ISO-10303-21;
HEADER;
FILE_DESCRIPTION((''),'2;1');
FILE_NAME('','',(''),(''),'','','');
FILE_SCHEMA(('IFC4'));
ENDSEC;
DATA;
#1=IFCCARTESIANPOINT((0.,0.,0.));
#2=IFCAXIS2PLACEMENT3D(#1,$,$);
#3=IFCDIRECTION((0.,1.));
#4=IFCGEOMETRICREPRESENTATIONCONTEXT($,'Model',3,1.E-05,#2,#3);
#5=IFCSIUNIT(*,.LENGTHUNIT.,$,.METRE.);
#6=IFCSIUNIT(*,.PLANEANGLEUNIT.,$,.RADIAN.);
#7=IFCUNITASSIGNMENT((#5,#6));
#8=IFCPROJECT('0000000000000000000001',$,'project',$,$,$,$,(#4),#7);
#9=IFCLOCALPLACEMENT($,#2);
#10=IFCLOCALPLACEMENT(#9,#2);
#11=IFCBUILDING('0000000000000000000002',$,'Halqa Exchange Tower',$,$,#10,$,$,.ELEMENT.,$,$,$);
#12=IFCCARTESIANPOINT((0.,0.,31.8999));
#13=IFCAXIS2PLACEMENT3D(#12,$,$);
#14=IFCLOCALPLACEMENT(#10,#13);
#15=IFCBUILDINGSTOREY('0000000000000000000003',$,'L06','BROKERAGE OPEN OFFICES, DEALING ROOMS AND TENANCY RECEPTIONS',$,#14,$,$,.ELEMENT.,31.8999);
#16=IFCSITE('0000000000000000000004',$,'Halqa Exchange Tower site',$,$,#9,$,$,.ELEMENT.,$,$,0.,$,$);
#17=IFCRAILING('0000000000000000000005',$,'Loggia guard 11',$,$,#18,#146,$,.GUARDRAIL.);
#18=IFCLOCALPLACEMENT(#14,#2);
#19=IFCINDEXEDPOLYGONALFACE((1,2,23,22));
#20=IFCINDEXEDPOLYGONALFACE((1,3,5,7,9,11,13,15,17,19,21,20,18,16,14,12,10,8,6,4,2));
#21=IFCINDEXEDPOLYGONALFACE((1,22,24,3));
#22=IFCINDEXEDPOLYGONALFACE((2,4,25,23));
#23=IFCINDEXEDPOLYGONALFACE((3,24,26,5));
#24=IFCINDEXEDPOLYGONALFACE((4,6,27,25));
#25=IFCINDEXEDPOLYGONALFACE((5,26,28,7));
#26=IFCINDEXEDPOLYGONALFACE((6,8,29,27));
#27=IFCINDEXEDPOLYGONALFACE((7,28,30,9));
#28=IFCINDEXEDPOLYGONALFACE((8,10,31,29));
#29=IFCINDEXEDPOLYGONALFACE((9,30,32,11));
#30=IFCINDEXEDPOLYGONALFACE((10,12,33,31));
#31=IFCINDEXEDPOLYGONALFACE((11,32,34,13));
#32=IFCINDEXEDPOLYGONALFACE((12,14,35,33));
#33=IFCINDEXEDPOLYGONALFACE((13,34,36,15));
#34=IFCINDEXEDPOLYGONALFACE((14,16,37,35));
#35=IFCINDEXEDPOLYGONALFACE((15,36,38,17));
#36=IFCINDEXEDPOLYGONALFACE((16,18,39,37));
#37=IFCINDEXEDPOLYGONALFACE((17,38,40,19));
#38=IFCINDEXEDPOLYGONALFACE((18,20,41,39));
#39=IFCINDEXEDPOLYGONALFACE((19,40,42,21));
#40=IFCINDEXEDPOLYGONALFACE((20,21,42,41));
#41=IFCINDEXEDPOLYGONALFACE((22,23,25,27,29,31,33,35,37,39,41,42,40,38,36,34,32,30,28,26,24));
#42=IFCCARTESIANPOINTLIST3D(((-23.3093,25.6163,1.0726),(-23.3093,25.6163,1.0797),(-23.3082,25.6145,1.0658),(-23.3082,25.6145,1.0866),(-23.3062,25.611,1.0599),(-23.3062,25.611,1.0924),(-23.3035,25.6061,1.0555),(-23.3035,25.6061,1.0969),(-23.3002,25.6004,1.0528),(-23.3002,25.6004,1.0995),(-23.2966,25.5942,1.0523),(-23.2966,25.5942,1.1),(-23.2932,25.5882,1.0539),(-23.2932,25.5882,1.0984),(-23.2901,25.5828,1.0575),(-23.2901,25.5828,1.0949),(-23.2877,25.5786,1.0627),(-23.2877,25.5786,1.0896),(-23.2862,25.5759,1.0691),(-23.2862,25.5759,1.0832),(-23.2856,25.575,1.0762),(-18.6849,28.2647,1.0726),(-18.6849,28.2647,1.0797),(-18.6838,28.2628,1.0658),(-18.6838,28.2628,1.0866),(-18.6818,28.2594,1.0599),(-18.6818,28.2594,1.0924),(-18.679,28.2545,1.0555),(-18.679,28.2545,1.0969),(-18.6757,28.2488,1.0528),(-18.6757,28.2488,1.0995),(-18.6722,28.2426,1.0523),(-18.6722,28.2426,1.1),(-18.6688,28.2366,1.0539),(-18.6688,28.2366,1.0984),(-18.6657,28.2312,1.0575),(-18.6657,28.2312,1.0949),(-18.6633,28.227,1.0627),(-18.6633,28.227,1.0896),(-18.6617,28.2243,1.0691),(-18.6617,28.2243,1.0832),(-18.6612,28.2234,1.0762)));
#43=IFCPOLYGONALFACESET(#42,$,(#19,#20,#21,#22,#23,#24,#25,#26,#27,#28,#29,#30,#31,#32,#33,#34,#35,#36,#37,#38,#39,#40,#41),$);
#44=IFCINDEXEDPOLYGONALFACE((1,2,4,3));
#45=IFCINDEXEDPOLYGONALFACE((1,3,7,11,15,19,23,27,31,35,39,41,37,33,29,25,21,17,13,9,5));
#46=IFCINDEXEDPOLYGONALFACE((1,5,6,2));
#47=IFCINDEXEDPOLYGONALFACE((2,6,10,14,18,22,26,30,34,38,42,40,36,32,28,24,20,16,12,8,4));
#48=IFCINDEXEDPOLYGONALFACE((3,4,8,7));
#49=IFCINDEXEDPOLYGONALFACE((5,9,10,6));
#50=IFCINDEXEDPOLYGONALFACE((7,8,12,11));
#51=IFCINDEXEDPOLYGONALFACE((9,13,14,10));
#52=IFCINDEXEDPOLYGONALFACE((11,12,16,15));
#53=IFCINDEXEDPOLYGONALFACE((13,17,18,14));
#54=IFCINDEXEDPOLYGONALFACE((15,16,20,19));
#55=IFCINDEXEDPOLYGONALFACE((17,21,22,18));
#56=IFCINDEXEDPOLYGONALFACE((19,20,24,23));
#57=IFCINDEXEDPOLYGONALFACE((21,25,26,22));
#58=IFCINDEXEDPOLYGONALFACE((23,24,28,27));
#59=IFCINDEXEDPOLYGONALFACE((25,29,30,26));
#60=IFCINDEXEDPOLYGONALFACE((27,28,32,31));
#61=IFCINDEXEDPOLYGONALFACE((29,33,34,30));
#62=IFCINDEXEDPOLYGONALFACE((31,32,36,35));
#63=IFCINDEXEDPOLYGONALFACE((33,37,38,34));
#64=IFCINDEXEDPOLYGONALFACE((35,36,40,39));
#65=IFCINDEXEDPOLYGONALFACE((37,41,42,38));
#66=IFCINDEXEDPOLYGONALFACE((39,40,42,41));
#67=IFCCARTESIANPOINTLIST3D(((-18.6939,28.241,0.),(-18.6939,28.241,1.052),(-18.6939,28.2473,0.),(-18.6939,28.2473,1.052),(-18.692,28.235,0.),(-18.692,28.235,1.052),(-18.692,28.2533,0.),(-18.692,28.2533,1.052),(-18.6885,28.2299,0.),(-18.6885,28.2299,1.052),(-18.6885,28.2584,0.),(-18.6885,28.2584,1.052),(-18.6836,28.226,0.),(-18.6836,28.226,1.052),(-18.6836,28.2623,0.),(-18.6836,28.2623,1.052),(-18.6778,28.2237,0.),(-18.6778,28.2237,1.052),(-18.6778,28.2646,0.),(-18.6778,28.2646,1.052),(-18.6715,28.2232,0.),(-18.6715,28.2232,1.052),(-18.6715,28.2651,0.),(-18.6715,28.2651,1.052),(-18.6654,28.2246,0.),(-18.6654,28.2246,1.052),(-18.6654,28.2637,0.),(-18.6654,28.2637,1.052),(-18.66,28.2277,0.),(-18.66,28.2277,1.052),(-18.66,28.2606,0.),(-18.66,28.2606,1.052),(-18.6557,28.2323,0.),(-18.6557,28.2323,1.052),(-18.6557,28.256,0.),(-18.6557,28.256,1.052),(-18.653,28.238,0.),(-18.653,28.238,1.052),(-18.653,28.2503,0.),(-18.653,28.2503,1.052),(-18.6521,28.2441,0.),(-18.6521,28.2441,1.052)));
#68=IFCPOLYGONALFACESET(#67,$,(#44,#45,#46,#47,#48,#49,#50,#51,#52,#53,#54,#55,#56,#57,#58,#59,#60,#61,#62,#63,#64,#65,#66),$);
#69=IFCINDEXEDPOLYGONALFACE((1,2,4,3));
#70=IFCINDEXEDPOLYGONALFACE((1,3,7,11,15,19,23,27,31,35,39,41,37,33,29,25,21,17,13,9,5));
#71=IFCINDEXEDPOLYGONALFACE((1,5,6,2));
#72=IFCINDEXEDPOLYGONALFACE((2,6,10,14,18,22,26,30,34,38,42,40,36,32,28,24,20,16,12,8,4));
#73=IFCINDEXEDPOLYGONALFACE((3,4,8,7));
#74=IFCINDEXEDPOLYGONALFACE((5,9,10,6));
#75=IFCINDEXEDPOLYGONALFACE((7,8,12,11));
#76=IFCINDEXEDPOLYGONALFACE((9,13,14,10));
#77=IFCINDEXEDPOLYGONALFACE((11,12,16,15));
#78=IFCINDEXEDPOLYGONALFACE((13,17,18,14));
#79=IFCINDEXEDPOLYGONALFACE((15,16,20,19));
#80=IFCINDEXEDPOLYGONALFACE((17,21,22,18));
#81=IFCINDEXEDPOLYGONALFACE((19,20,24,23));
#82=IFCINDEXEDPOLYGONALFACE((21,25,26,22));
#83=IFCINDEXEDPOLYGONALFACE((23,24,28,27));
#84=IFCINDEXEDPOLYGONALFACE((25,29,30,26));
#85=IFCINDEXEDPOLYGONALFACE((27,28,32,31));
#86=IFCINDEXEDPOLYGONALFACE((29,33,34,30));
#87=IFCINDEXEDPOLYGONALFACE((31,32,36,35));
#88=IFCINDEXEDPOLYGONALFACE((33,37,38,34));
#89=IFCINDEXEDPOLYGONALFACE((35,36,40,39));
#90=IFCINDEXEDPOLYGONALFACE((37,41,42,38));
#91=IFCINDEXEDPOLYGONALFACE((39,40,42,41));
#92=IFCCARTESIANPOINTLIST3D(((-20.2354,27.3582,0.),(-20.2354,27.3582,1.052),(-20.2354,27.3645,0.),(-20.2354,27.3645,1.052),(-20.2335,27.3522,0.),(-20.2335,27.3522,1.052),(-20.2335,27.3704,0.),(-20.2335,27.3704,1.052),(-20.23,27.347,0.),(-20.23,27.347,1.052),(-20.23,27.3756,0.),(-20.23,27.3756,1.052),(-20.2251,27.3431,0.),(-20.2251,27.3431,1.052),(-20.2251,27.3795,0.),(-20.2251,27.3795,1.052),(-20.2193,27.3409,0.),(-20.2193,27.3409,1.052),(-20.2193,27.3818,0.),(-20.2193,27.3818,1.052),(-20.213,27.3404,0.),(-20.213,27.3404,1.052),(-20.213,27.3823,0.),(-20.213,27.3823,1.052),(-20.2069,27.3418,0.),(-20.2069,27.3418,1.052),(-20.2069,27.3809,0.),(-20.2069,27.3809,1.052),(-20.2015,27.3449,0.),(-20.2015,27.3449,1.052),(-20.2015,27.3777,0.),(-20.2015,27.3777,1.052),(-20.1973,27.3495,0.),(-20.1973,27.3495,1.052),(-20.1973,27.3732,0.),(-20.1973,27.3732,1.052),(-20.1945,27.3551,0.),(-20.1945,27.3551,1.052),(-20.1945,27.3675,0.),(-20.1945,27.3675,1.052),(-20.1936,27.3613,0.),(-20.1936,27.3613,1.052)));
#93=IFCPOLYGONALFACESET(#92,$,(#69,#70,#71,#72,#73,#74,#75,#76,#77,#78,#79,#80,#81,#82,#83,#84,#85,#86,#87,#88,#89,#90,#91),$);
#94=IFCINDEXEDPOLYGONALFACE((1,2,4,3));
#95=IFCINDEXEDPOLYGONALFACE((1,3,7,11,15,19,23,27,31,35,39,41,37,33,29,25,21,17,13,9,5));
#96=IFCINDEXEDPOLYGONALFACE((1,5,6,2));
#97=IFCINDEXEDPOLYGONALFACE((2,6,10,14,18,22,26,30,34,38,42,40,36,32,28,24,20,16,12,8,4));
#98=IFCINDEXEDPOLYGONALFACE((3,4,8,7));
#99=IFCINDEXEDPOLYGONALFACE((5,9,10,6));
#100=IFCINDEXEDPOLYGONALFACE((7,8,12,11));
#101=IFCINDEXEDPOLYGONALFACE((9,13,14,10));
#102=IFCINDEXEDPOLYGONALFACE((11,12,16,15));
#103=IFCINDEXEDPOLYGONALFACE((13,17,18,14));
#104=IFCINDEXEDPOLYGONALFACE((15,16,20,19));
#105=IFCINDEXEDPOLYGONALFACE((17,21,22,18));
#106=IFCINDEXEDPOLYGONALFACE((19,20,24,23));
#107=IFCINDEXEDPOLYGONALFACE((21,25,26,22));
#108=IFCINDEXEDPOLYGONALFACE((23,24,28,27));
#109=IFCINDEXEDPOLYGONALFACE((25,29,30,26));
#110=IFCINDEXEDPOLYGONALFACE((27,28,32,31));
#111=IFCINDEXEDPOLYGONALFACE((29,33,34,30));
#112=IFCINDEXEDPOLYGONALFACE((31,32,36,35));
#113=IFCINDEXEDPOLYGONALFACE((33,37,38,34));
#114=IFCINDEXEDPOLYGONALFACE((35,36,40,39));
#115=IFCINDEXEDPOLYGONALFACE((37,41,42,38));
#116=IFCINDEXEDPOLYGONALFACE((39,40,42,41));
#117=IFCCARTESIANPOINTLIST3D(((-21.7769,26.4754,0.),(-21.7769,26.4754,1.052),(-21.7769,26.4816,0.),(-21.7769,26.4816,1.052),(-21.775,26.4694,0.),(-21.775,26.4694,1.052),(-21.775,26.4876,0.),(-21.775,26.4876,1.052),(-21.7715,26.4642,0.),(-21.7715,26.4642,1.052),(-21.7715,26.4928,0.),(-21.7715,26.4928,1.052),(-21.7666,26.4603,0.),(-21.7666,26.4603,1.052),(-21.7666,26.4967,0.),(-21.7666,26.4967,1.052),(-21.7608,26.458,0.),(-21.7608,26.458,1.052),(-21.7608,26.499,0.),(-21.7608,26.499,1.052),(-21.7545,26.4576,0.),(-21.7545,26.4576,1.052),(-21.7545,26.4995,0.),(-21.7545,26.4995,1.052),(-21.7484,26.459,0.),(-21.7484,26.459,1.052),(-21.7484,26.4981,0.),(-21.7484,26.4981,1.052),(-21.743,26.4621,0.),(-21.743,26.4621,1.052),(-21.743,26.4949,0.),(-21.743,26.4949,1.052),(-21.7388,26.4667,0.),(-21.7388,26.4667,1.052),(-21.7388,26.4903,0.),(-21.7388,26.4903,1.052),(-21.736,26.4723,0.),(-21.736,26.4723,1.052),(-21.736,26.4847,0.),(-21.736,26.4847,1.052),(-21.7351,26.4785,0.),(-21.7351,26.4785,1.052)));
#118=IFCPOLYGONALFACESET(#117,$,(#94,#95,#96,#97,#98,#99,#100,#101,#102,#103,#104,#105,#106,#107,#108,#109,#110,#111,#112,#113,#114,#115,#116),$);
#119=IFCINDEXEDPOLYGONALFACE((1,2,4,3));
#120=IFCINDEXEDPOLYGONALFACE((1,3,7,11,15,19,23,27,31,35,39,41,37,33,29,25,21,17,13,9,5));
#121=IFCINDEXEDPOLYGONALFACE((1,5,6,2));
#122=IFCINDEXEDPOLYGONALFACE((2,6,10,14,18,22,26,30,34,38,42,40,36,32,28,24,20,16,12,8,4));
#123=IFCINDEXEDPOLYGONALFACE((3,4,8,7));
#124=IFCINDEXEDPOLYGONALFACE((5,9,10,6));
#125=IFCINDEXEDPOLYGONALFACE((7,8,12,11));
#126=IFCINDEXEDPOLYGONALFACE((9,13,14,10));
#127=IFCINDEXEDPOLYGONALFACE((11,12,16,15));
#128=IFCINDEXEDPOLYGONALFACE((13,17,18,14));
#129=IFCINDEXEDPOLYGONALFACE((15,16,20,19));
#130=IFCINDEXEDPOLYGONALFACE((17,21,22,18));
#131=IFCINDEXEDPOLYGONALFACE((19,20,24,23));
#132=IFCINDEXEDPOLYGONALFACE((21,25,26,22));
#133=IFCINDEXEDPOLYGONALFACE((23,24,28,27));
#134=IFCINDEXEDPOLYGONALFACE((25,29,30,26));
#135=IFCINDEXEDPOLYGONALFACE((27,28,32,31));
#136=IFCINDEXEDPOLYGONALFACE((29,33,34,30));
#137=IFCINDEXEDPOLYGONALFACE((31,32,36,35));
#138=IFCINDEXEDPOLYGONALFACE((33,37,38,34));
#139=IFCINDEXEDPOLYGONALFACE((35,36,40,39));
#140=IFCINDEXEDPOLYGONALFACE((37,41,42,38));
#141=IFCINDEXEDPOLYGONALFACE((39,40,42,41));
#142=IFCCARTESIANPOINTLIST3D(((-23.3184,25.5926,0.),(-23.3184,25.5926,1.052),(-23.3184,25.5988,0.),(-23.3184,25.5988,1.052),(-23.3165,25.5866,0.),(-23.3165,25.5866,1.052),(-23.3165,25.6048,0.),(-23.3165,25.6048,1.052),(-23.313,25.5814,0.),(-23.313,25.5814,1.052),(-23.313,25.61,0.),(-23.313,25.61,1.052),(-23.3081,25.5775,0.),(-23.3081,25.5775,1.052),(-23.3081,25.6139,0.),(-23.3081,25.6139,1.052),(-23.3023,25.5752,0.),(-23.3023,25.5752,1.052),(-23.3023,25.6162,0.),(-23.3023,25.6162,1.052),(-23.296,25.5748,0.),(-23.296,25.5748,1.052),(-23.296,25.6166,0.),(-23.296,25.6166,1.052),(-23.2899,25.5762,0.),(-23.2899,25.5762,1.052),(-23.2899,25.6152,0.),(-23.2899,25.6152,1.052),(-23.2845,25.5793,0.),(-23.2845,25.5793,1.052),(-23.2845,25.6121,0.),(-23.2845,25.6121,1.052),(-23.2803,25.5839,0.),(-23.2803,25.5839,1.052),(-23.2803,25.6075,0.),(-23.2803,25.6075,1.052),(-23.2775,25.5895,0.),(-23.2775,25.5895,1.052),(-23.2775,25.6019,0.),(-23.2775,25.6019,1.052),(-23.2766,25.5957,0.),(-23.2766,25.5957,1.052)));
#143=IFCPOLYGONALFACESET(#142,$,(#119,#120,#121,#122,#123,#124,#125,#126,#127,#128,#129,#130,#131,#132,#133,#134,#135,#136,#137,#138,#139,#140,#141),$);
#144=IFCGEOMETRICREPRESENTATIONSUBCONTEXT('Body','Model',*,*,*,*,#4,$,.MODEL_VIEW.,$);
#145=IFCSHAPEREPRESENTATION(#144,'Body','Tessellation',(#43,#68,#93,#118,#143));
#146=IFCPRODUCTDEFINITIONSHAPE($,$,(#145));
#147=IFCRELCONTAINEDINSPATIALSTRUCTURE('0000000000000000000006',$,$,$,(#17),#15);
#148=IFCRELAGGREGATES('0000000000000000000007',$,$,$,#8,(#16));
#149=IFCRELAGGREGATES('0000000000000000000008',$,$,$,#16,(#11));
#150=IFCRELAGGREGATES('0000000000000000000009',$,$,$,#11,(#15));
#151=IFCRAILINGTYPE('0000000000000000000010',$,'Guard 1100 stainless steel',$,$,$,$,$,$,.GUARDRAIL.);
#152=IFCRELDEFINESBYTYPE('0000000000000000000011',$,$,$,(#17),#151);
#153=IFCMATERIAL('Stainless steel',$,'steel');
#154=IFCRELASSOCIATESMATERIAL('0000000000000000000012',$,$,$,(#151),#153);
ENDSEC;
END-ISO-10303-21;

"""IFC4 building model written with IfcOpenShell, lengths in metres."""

from ifc_helpers import new_model, si_unit, direction, frame, origin, origin_2d, place, context, subcontext, project, spatial, circle, extrude, material, type_object, element, save


model = new_model("IFC4")

# Units and contexts
model_context = context("Model", 3, precision=1e-05, world=origin(), true_north=direction((0.0, 1.0)))
body_context = subcontext(model_context, "Body", "Model", "MODEL_VIEW")
ifc_project = project(units=[si_unit("LENGTHUNIT", "METRE"), si_unit("PLANEANGLEUNIT", "RADIAN")], contexts=[model_context])

# Site, building, storey
site_placement = place(None, origin())
site = spatial("IfcSite", under=ifc_project, at=site_placement, Name="Halqa Exchange Tower site", CompositionType="ELEMENT", RefElevation=0.0)
building_placement = place(site_placement, origin())
building = spatial("IfcBuilding", under=site, at=building_placement, Name="Halqa Exchange Tower", CompositionType="ELEMENT")
storey_placement = place(building_placement, frame((0.0, 0.0, 31.8999)))
storey = spatial("IfcBuildingStorey", under=building, at=storey_placement, Name="L06", Description="BROKERAGE OPEN OFFICES, DEALING ROOMS AND TENANCY RECEPTIONS", CompositionType="ELEMENT", Elevation=31.8999)

# Railing
ifc_material_1 = material(Name="Stainless steel", Category="steel")
railing_type = type_object("IfcRailingType", Name="Guard 1100 stainless steel", PredefinedType="GUARDRAIL", material=ifc_material_1)
railing_1_placement = place(storey_placement, frame((-18.6731, 28.2441, 0.0)))
element("IfcRailing", 1, at=railing_1_placement, inside=storey, type_object=railing_type, Name="Loggia guard 11", PredefinedType="GUARDRAIL", context=body_context, shape_type="SweptSolid", body=[
    extrude(circle(Radius=0.0239, at=origin_2d()), frame((0.0, 0.0, 1.0762), z_axis=(-0.867769, -0.496968, 0.0), x_axis=(0.496968, -0.867769, 0.0)), (0.0, 0.0, 1.0), 5.3291),
    extrude(circle(Radius=0.021, at=origin_2d()), origin(), (0.0, 0.0, 1.0), 1.052),
    extrude(circle(Radius=0.021, at=origin_2d()), frame((-1.5415, -0.8828, 0.0)), (0.0, 0.0, 1.0), 1.052),
    extrude(circle(Radius=0.021, at=origin_2d()), frame((-3.083, -1.7656, 0.0)), (0.0, 0.0, 1.0), 1.052),
    extrude(circle(Radius=0.021, at=origin_2d()), frame((-4.6245, -2.6484, 0.0)), (0.0, 0.0, 1.0), 1.052),
])

save(model, "model.ifc")
